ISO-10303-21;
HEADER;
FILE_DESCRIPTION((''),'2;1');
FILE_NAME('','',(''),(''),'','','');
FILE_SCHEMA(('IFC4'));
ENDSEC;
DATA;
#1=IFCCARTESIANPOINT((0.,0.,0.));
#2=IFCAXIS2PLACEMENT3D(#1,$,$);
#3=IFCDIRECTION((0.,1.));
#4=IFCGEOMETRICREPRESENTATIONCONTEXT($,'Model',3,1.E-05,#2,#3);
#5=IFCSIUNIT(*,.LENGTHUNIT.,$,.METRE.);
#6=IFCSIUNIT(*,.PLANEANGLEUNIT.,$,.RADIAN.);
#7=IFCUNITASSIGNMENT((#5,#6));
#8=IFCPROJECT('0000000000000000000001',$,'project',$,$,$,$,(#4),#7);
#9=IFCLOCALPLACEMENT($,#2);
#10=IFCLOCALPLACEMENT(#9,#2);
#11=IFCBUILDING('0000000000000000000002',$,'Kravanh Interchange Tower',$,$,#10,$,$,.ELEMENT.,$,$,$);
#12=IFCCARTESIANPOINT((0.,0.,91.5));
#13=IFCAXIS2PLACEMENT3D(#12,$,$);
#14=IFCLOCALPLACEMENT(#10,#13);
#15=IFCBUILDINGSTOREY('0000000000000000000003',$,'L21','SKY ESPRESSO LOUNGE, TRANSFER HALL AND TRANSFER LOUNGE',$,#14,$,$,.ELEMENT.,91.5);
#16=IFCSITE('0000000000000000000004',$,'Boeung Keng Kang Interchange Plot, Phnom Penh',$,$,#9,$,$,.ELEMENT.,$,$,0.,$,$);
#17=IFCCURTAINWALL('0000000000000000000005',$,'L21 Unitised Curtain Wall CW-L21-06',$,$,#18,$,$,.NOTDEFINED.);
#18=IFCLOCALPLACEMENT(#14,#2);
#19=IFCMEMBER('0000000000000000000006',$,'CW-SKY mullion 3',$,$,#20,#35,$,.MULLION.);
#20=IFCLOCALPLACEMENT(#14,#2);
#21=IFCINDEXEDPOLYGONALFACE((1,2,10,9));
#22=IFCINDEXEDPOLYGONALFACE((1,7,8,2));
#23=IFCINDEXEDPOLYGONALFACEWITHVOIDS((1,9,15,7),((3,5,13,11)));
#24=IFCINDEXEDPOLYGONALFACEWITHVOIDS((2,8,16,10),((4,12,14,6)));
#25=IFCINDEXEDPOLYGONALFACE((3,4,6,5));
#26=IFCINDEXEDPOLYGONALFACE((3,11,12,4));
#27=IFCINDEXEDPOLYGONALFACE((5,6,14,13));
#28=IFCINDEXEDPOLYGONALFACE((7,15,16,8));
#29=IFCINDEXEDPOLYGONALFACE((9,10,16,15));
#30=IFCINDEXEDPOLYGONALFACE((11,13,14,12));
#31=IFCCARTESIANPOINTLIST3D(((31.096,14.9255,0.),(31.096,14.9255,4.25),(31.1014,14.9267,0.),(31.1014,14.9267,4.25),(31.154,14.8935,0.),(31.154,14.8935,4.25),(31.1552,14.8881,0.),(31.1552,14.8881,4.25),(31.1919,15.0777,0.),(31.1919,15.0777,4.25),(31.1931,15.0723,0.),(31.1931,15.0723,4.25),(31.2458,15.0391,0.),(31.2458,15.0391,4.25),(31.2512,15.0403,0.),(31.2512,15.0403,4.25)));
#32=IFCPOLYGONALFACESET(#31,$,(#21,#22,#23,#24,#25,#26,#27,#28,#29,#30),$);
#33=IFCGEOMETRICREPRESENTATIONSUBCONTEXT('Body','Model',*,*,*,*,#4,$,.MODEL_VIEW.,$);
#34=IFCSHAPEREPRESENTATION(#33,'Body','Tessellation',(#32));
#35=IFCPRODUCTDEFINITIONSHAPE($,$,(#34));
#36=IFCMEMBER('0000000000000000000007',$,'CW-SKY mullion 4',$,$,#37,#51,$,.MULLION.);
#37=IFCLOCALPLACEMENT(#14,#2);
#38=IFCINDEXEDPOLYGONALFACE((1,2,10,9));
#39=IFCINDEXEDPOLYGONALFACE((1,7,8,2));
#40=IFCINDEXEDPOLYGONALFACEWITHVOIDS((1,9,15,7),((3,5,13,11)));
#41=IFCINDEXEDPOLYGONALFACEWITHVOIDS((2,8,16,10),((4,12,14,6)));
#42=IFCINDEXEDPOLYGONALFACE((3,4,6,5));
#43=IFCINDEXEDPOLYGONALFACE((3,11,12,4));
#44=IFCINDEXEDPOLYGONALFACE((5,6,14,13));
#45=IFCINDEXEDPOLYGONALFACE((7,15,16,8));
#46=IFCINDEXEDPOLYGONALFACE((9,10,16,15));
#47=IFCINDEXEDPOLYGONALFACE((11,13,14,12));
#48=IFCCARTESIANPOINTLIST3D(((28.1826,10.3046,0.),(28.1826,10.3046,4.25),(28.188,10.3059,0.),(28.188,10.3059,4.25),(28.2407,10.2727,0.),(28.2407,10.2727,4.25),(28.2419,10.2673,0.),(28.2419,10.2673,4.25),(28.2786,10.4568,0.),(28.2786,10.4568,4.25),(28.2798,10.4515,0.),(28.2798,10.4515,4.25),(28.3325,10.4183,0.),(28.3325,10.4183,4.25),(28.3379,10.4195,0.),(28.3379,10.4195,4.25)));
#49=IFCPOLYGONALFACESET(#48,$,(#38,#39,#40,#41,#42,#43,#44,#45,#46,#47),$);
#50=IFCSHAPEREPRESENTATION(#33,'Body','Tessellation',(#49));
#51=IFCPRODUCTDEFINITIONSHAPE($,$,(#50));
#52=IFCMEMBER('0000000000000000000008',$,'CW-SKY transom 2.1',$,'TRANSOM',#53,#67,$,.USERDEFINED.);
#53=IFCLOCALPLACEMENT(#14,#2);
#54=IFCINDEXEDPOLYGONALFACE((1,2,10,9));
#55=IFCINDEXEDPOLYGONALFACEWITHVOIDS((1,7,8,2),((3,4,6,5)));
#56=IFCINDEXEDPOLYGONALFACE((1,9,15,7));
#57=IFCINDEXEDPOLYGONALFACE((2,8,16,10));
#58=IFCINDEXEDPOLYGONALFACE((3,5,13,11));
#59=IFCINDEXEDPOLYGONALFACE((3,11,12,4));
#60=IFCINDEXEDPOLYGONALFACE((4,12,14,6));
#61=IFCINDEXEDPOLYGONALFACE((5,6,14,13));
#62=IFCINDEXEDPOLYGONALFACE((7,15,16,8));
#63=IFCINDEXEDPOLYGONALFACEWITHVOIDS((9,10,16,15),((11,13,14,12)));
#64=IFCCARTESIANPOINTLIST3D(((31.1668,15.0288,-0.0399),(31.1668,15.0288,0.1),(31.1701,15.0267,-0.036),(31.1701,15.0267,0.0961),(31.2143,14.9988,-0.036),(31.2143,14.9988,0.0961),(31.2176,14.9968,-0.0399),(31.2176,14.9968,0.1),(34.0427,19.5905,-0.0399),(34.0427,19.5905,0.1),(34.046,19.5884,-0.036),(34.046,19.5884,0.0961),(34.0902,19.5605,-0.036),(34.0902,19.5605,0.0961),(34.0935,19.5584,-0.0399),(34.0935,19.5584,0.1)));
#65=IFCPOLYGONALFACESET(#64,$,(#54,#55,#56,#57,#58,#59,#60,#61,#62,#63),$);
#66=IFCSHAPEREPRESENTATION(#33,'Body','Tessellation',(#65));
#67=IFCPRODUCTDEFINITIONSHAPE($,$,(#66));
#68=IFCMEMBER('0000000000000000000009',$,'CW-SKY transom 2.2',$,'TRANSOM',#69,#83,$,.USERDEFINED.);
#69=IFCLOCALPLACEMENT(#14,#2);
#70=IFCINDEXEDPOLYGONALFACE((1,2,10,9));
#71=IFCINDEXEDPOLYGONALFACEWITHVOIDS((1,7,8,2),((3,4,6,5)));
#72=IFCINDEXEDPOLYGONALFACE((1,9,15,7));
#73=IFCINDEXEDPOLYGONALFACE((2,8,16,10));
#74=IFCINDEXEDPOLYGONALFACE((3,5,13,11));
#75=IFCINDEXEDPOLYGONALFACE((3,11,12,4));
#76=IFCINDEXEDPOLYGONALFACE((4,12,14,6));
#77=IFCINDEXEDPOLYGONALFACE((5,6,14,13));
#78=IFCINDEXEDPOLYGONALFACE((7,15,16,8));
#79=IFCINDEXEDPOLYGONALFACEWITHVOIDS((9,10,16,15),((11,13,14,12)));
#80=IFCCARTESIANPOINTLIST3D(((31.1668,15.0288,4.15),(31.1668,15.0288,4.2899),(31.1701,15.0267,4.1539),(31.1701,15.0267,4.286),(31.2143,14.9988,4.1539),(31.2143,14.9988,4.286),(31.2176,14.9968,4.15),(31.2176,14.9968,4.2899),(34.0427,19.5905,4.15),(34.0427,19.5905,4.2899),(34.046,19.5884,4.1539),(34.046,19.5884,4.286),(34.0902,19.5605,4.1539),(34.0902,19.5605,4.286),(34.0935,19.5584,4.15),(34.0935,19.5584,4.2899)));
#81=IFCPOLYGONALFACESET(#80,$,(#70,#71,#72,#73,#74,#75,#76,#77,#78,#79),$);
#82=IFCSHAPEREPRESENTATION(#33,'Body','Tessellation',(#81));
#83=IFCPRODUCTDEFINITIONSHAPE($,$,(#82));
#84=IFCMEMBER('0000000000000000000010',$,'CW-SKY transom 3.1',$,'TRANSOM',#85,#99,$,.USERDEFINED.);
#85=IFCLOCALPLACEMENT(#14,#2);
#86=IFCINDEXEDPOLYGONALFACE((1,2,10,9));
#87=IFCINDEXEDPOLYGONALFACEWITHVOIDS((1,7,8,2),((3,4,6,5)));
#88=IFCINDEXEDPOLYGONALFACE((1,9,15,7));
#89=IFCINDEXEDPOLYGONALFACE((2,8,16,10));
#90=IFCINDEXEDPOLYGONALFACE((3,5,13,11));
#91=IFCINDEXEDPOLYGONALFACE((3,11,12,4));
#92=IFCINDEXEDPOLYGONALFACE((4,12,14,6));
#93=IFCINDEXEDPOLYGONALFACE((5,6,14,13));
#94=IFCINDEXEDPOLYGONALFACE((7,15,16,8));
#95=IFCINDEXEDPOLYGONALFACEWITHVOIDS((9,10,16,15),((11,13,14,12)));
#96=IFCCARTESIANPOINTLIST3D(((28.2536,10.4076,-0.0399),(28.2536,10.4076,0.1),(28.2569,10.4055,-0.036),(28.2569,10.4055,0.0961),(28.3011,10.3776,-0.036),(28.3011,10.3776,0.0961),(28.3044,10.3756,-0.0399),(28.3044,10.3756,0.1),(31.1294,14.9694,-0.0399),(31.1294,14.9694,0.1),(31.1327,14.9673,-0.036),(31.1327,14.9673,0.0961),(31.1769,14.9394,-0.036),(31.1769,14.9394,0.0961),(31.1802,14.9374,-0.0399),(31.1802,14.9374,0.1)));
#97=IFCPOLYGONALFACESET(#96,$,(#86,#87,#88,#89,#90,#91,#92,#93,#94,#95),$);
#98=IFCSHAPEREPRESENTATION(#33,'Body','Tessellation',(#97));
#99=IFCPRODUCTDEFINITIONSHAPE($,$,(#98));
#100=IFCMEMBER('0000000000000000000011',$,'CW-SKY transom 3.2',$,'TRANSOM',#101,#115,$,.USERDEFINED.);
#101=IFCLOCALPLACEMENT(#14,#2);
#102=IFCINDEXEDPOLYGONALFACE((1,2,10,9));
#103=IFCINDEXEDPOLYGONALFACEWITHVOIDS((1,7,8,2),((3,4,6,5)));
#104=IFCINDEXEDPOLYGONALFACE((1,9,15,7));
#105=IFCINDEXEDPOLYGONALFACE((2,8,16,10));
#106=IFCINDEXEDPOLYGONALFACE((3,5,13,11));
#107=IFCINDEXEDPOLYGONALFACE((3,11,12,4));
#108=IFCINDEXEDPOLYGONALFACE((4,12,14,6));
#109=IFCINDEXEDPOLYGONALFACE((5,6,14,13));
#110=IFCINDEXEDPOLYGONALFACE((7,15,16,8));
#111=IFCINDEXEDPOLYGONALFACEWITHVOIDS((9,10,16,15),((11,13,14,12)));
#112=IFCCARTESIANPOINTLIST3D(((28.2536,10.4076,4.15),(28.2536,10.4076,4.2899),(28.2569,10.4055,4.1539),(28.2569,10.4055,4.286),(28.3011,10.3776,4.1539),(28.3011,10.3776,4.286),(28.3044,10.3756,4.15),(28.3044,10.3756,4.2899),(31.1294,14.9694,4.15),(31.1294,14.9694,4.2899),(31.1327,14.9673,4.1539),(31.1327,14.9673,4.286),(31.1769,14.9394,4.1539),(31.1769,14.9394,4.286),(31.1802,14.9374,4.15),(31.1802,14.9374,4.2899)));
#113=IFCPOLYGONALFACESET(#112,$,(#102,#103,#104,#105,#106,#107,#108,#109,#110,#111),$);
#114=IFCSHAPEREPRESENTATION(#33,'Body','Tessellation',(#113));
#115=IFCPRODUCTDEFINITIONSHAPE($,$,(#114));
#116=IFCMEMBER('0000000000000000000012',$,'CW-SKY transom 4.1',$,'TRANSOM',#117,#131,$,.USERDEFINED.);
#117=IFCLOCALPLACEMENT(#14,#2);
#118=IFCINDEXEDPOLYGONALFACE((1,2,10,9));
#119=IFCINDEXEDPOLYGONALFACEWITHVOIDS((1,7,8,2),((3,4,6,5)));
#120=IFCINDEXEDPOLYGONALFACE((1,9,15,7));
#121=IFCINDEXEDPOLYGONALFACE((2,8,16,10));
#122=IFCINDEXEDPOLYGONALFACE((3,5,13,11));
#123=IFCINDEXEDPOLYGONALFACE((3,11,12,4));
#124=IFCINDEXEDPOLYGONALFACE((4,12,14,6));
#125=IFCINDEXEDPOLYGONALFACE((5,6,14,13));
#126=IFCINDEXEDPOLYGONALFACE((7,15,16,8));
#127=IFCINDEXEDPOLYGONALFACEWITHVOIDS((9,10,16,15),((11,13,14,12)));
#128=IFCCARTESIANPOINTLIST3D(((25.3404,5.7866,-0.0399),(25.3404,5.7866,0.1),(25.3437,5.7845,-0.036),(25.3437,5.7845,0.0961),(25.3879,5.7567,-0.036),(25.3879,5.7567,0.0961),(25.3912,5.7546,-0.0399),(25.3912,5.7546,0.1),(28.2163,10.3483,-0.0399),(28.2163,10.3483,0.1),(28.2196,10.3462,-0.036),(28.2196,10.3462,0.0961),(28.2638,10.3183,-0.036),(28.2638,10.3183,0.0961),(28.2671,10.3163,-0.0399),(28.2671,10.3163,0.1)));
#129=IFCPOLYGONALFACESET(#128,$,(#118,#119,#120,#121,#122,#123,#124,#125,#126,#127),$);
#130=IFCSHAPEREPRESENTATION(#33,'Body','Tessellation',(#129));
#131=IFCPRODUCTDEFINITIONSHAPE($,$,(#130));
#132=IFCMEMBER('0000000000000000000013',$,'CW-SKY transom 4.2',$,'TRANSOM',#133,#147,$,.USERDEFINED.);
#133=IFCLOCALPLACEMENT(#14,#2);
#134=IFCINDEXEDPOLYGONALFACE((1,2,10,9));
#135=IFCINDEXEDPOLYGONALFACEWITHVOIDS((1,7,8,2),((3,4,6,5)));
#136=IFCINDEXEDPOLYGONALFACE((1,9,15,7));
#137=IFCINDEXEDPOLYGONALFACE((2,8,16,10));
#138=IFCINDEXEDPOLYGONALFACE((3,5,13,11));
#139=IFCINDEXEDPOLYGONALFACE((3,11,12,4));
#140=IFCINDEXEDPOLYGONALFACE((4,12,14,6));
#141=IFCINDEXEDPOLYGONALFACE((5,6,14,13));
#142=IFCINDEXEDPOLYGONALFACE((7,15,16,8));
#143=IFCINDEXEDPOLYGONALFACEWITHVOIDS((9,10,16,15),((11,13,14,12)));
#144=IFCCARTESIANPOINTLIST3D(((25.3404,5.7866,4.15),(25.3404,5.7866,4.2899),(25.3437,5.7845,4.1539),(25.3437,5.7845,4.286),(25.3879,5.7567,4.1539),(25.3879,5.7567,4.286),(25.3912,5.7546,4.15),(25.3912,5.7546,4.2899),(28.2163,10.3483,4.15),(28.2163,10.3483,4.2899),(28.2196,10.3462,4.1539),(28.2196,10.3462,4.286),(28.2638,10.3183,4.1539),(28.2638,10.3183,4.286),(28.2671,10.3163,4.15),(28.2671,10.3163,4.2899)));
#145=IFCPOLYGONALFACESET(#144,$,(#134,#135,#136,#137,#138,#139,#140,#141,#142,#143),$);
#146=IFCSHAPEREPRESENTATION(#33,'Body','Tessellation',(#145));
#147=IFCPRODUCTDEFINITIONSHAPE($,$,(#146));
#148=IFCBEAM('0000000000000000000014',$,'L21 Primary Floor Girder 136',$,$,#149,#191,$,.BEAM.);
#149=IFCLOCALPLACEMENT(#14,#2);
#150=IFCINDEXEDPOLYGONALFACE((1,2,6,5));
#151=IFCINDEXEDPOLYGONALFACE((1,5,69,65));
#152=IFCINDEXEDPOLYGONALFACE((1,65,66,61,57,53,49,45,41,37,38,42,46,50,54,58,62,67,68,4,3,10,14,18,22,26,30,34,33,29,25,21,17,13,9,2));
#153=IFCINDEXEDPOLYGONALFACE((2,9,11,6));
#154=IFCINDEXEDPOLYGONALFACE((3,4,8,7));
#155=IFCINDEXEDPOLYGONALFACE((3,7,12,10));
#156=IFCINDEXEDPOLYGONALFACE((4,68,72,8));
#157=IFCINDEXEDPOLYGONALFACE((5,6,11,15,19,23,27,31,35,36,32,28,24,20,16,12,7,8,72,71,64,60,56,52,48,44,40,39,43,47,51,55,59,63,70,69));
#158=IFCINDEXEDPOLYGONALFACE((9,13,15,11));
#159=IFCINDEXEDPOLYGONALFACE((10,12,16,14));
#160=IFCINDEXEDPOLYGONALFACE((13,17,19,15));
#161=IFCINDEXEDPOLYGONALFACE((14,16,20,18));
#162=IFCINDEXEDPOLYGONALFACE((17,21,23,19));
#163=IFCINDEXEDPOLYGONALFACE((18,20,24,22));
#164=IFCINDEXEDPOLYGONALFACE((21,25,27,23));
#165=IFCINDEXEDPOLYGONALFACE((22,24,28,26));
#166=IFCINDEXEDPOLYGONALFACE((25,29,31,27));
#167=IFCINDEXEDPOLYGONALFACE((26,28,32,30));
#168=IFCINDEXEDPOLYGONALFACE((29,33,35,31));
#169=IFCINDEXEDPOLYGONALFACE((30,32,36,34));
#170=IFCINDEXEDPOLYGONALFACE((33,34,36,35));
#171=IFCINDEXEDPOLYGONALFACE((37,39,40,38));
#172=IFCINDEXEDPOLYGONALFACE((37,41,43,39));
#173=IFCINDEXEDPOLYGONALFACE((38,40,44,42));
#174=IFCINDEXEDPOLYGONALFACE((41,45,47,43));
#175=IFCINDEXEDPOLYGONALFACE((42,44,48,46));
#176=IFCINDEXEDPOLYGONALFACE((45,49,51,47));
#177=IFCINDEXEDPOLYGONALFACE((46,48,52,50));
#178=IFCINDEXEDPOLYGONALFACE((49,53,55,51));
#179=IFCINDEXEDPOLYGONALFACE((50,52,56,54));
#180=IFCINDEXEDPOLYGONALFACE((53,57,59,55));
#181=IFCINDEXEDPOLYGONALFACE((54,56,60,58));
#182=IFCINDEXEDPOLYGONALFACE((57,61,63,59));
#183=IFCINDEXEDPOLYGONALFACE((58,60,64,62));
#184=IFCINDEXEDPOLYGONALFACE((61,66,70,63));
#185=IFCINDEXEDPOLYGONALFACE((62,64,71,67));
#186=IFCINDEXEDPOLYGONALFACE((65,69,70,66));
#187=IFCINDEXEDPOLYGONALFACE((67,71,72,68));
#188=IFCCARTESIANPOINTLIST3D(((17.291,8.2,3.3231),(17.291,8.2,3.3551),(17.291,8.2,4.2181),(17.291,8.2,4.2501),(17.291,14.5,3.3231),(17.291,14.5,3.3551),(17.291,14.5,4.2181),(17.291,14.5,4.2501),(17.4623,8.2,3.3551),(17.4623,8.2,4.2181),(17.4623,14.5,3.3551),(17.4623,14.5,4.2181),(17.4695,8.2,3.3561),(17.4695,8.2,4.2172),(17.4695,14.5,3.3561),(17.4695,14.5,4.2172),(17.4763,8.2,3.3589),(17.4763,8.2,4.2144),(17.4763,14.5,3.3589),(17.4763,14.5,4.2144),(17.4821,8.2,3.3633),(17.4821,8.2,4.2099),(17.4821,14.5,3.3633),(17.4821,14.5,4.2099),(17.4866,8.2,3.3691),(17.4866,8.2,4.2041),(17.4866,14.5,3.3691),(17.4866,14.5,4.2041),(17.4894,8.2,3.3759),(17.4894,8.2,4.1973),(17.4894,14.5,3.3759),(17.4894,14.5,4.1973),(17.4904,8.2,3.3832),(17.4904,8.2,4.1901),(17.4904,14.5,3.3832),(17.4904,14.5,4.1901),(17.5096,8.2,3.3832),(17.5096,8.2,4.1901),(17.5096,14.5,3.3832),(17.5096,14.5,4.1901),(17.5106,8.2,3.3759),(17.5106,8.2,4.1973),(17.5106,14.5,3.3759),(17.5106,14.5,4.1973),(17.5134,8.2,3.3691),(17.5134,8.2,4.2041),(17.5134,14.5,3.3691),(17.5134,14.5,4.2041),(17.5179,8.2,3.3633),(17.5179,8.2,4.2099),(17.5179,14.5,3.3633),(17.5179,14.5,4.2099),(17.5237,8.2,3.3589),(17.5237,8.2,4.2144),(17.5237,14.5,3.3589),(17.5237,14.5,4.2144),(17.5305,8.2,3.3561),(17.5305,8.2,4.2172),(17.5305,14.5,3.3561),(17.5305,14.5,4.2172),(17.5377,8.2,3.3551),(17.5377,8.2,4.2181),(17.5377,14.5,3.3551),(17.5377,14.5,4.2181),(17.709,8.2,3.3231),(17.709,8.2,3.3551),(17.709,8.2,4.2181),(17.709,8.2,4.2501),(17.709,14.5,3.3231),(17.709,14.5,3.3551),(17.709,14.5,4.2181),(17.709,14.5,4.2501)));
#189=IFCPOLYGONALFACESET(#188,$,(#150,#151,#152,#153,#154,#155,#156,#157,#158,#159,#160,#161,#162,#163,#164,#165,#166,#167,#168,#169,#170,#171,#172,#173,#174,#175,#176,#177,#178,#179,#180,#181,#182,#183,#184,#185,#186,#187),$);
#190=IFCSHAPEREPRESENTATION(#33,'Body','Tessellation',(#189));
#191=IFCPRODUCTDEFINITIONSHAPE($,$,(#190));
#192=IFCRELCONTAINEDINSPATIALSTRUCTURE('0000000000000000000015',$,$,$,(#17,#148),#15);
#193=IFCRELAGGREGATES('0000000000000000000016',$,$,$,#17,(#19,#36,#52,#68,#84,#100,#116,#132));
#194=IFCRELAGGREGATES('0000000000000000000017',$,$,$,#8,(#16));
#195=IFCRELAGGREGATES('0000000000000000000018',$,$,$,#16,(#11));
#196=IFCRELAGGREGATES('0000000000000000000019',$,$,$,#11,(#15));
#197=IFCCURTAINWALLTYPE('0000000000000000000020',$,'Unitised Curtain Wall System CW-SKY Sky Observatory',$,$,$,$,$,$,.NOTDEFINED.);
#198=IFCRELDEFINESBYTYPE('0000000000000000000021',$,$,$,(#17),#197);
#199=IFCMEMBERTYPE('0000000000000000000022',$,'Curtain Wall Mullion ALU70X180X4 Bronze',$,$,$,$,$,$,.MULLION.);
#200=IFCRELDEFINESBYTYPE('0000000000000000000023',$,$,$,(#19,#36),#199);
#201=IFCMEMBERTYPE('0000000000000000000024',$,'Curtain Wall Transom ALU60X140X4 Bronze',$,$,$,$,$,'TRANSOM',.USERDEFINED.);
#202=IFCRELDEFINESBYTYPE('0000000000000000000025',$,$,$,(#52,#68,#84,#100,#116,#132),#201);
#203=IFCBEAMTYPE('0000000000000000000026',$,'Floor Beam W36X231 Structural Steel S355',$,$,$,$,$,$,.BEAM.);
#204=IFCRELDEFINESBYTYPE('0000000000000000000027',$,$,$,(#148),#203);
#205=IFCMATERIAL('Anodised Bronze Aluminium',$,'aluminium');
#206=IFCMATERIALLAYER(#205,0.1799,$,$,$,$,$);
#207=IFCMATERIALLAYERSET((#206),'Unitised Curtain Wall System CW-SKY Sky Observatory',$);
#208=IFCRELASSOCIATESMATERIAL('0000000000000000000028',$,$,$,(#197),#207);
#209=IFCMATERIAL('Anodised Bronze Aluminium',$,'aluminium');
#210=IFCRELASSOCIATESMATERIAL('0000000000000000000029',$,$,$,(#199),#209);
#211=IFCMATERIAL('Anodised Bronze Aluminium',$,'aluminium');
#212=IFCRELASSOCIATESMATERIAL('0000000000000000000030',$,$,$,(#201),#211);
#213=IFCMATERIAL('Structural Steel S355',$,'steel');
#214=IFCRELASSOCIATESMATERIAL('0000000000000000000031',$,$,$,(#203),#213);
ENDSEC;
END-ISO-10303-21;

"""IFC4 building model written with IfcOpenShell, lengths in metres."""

from ifc_helpers import new_model, si_unit, direction, frame, origin, origin_2d, place, context, subcontext, project, spatial, hollow_rectangle, i_section, extrude, material, layer, layer_set, material_profile, profile_set, type_object, element, aggregate, save


model = new_model("IFC4")

# Units and contexts
model_context = context("Model", 3, precision=1e-05, world=origin(), true_north=direction((0.0, 1.0)))
body_context = subcontext(model_context, "Body", "Model", "MODEL_VIEW")
ifc_project = project(units=[si_unit("LENGTHUNIT", "METRE"), si_unit("PLANEANGLEUNIT", "RADIAN")], contexts=[model_context])

# Site, building, storey
site_placement = place(None, origin())
site = spatial("IfcSite", under=ifc_project, at=site_placement, Name="Boeung Keng Kang Interchange Plot, Phnom Penh", CompositionType="ELEMENT", RefElevation=0.0)
building_placement = place(site_placement, origin())
building = spatial("IfcBuilding", under=site, at=building_placement, Name="Kravanh Interchange Tower", CompositionType="ELEMENT")
storey_placement = place(building_placement, frame((0.0, 0.0, 91.5)))
storey = spatial("IfcBuildingStorey", under=building, at=storey_placement, Name="L21", Description="SKY ESPRESSO LOUNGE, TRANSFER HALL AND TRANSFER LOUNGE", CompositionType="ELEMENT", Elevation=91.5)

# Curtain wall, members
ifc_material_1 = material(Name="Anodised Bronze Aluminium", Category="aluminium")
ifc_layer_1 = layer(ifc_material_1, 0.1799)
ifc_layer_set_1 = layer_set([ifc_layer_1], Name="Unitised Curtain Wall System CW-SKY Sky Observatory")
curtain_wall_type = type_object("IfcCurtainWallType", Name="Unitised Curtain Wall System CW-SKY Sky Observatory", PredefinedType="NOTDEFINED", material=ifc_layer_set_1)
curtain_wall_placement = place(storey_placement, origin())
curtain_wall = element("IfcCurtainWall", 1, at=curtain_wall_placement, inside=storey, type_object=curtain_wall_type, Name="L21 Unitised Curtain Wall CW-L21-06", PredefinedType="NOTDEFINED")
ifc_material_2 = material(Name="Anodised Bronze Aluminium", Category="aluminium")
ifc_material_profile_1 = material_profile(ifc_material_2, hollow_rectangle(XDim=0.0701, YDim=0.1799, WallThickness=0.0039, at=origin_2d()), Name="ALU70X180X4")
ifc_profile_set_1 = profile_set([ifc_material_profile_1], Name="Anodised Bronze Aluminium")
member_type_1 = type_object("IfcMemberType", Name="Curtain Wall Mullion ALU70X180X4 Bronze", PredefinedType="MULLION", material=ifc_profile_set_1)
member_1_placement = place(storey_placement, frame((31.1736, 14.9829, 0.0), z_axis=(0.0, 0.0, 1.0), x_axis=(0.845926, -0.533301, 0.0)))
member_1 = element("IfcMember", 2, at=member_1_placement, type_object=member_type_1, Name="CW-SKY mullion 3", PredefinedType="MULLION", context=body_context, shape_type="SweptSolid", body=[
    extrude(hollow_rectangle(XDim=0.0701, YDim=0.1799, WallThickness=0.0039, at=origin_2d()), origin(), (0.0, 0.0, 1.0), 4.25),
])
member_2_placement = place(storey_placement, frame((28.2603, 10.3621, 0.0), z_axis=(0.0, 0.0, 1.0), x_axis=(0.845926, -0.533301, 0.0)))
member_2 = element("IfcMember", 3, at=member_2_placement, type_object=member_type_1, Name="CW-SKY mullion 4", PredefinedType="MULLION", context=body_context, shape_type="SweptSolid", body=[
    extrude(hollow_rectangle(XDim=0.0701, YDim=0.1799, WallThickness=0.0039, at=origin_2d()), origin(), (0.0, 0.0, 1.0), 4.25),
])
ifc_material_3 = material(Name="Anodised Bronze Aluminium", Category="aluminium")
ifc_material_profile_2 = material_profile(ifc_material_3, hollow_rectangle(XDim=0.0601, YDim=0.1399, WallThickness=0.0039, at=origin_2d()), Name="ALU60X140X4")
ifc_profile_set_2 = profile_set([ifc_material_profile_2], Name="Anodised Bronze Aluminium")
member_type_2 = type_object("IfcMemberType", Name="Curtain Wall Transom ALU60X140X4 Bronze", ElementType="TRANSOM", PredefinedType="USERDEFINED", material=ifc_profile_set_2)
member_3_placement = place(storey_placement, frame((34.0681, 19.5745, 0.03), z_axis=(-0.533311, -0.845919, 0.0), x_axis=(0.845919, -0.533311, 0.0)))
member_3 = element("IfcMember", 4, at=member_3_placement, type_object=member_type_2, Name="CW-SKY transom 2.1", ObjectType="TRANSOM", PredefinedType="USERDEFINED", context=body_context, shape_type="SweptSolid", body=[
    extrude(hollow_rectangle(XDim=0.0601, YDim=0.1399, WallThickness=0.0039, at=origin_2d()), origin(), (0.0, 0.0, 1.0), 5.3926),
])
member_4_placement = place(storey_placement, frame((34.0681, 19.5745, 4.22), z_axis=(-0.533311, -0.845919, 0.0), x_axis=(0.845919, -0.533311, 0.0)))
member_4 = element("IfcMember", 5, at=member_4_placement, type_object=member_type_2, Name="CW-SKY transom 2.2", ObjectType="TRANSOM", PredefinedType="USERDEFINED", context=body_context, shape_type="SweptSolid", body=[
    extrude(hollow_rectangle(XDim=0.0601, YDim=0.1399, WallThickness=0.0039, at=origin_2d()), origin(), (0.0, 0.0, 1.0), 5.3926),
])
member_5_placement = place(storey_placement, frame((31.1548, 14.9534, 0.03), z_axis=(-0.533279, -0.845939, 0.0), x_axis=(0.845939, -0.533279, 0.0)))
member_5 = element("IfcMember", 6, at=member_5_placement, type_object=member_type_2, Name="CW-SKY transom 3.1", ObjectType="TRANSOM", PredefinedType="USERDEFINED", context=body_context, shape_type="SweptSolid", body=[
    extrude(hollow_rectangle(XDim=0.0601, YDim=0.1399, WallThickness=0.0039, at=origin_2d()), origin(), (0.0, 0.0, 1.0), 5.3926),
])
member_6_placement = place(storey_placement, frame((31.1548, 14.9534, 4.22), z_axis=(-0.533279, -0.845939, 0.0), x_axis=(0.845939, -0.533279, 0.0)))
member_6 = element("IfcMember", 7, at=member_6_placement, type_object=member_type_2, Name="CW-SKY transom 3.2", ObjectType="TRANSOM", PredefinedType="USERDEFINED", context=body_context, shape_type="SweptSolid", body=[
    extrude(hollow_rectangle(XDim=0.0601, YDim=0.1399, WallThickness=0.0039, at=origin_2d()), origin(), (0.0, 0.0, 1.0), 5.3926),
])
member_7_placement = place(storey_placement, frame((28.2417, 10.3323, 0.03), z_axis=(-0.533311, -0.845919, 0.0), x_axis=(0.845919, -0.533311, 0.0)))
member_7 = element("IfcMember", 8, at=member_7_placement, type_object=member_type_2, Name="CW-SKY transom 4.1", ObjectType="TRANSOM", PredefinedType="USERDEFINED", context=body_context, shape_type="SweptSolid", body=[
    extrude(hollow_rectangle(XDim=0.0601, YDim=0.1399, WallThickness=0.0039, at=origin_2d()), origin(), (0.0, 0.0, 1.0), 5.3926),
])
member_8_placement = place(storey_placement, frame((28.2417, 10.3323, 4.22), z_axis=(-0.533311, -0.845919, 0.0), x_axis=(0.845919, -0.533311, 0.0)))
member_8 = element("IfcMember", 9, at=member_8_placement, type_object=member_type_2, Name="CW-SKY transom 4.2", ObjectType="TRANSOM", PredefinedType="USERDEFINED", context=body_context, shape_type="SweptSolid", body=[
    extrude(hollow_rectangle(XDim=0.0601, YDim=0.1399, WallThickness=0.0039, at=origin_2d()), origin(), (0.0, 0.0, 1.0), 5.3926),
])

# Beam
ifc_material_4 = material(Name="Structural Steel S355", Category="steel")
ifc_material_profile_3 = material_profile(ifc_material_4, i_section(OverallWidth=0.418, OverallDepth=0.927, WebThickness=0.0193, FlangeThickness=0.032, FilletRadius=0.0281, at=origin_2d()), Name="W36X231")
ifc_profile_set_3 = profile_set([ifc_material_profile_3], Name="Structural Steel S355")
beam_type_1 = type_object("IfcBeamType", Name="Floor Beam W36X231 Structural Steel S355", PredefinedType="BEAM", material=ifc_profile_set_3)
beam_1_placement = place(storey_placement, frame((17.5, 8.2, 3.7866), z_axis=(0.0, 1.0, 0.0), x_axis=(-1.0, 0.0, 0.0)))
element("IfcBeam", 10, at=beam_1_placement, inside=storey, type_object=beam_type_1, Name="L21 Primary Floor Girder 136", PredefinedType="BEAM", context=body_context, shape_type="SweptSolid", body=[
    extrude(i_section(OverallWidth=0.418, OverallDepth=0.927, WebThickness=0.0193, FlangeThickness=0.032, FilletRadius=0.0281, at=origin_2d()), origin(), (0.0, 0.0, 1.0), 6.3),
])

aggregate(curtain_wall, [member_1, member_2, member_3, member_4, member_5, member_6, member_7, member_8])

save(model, "model.ifc")
